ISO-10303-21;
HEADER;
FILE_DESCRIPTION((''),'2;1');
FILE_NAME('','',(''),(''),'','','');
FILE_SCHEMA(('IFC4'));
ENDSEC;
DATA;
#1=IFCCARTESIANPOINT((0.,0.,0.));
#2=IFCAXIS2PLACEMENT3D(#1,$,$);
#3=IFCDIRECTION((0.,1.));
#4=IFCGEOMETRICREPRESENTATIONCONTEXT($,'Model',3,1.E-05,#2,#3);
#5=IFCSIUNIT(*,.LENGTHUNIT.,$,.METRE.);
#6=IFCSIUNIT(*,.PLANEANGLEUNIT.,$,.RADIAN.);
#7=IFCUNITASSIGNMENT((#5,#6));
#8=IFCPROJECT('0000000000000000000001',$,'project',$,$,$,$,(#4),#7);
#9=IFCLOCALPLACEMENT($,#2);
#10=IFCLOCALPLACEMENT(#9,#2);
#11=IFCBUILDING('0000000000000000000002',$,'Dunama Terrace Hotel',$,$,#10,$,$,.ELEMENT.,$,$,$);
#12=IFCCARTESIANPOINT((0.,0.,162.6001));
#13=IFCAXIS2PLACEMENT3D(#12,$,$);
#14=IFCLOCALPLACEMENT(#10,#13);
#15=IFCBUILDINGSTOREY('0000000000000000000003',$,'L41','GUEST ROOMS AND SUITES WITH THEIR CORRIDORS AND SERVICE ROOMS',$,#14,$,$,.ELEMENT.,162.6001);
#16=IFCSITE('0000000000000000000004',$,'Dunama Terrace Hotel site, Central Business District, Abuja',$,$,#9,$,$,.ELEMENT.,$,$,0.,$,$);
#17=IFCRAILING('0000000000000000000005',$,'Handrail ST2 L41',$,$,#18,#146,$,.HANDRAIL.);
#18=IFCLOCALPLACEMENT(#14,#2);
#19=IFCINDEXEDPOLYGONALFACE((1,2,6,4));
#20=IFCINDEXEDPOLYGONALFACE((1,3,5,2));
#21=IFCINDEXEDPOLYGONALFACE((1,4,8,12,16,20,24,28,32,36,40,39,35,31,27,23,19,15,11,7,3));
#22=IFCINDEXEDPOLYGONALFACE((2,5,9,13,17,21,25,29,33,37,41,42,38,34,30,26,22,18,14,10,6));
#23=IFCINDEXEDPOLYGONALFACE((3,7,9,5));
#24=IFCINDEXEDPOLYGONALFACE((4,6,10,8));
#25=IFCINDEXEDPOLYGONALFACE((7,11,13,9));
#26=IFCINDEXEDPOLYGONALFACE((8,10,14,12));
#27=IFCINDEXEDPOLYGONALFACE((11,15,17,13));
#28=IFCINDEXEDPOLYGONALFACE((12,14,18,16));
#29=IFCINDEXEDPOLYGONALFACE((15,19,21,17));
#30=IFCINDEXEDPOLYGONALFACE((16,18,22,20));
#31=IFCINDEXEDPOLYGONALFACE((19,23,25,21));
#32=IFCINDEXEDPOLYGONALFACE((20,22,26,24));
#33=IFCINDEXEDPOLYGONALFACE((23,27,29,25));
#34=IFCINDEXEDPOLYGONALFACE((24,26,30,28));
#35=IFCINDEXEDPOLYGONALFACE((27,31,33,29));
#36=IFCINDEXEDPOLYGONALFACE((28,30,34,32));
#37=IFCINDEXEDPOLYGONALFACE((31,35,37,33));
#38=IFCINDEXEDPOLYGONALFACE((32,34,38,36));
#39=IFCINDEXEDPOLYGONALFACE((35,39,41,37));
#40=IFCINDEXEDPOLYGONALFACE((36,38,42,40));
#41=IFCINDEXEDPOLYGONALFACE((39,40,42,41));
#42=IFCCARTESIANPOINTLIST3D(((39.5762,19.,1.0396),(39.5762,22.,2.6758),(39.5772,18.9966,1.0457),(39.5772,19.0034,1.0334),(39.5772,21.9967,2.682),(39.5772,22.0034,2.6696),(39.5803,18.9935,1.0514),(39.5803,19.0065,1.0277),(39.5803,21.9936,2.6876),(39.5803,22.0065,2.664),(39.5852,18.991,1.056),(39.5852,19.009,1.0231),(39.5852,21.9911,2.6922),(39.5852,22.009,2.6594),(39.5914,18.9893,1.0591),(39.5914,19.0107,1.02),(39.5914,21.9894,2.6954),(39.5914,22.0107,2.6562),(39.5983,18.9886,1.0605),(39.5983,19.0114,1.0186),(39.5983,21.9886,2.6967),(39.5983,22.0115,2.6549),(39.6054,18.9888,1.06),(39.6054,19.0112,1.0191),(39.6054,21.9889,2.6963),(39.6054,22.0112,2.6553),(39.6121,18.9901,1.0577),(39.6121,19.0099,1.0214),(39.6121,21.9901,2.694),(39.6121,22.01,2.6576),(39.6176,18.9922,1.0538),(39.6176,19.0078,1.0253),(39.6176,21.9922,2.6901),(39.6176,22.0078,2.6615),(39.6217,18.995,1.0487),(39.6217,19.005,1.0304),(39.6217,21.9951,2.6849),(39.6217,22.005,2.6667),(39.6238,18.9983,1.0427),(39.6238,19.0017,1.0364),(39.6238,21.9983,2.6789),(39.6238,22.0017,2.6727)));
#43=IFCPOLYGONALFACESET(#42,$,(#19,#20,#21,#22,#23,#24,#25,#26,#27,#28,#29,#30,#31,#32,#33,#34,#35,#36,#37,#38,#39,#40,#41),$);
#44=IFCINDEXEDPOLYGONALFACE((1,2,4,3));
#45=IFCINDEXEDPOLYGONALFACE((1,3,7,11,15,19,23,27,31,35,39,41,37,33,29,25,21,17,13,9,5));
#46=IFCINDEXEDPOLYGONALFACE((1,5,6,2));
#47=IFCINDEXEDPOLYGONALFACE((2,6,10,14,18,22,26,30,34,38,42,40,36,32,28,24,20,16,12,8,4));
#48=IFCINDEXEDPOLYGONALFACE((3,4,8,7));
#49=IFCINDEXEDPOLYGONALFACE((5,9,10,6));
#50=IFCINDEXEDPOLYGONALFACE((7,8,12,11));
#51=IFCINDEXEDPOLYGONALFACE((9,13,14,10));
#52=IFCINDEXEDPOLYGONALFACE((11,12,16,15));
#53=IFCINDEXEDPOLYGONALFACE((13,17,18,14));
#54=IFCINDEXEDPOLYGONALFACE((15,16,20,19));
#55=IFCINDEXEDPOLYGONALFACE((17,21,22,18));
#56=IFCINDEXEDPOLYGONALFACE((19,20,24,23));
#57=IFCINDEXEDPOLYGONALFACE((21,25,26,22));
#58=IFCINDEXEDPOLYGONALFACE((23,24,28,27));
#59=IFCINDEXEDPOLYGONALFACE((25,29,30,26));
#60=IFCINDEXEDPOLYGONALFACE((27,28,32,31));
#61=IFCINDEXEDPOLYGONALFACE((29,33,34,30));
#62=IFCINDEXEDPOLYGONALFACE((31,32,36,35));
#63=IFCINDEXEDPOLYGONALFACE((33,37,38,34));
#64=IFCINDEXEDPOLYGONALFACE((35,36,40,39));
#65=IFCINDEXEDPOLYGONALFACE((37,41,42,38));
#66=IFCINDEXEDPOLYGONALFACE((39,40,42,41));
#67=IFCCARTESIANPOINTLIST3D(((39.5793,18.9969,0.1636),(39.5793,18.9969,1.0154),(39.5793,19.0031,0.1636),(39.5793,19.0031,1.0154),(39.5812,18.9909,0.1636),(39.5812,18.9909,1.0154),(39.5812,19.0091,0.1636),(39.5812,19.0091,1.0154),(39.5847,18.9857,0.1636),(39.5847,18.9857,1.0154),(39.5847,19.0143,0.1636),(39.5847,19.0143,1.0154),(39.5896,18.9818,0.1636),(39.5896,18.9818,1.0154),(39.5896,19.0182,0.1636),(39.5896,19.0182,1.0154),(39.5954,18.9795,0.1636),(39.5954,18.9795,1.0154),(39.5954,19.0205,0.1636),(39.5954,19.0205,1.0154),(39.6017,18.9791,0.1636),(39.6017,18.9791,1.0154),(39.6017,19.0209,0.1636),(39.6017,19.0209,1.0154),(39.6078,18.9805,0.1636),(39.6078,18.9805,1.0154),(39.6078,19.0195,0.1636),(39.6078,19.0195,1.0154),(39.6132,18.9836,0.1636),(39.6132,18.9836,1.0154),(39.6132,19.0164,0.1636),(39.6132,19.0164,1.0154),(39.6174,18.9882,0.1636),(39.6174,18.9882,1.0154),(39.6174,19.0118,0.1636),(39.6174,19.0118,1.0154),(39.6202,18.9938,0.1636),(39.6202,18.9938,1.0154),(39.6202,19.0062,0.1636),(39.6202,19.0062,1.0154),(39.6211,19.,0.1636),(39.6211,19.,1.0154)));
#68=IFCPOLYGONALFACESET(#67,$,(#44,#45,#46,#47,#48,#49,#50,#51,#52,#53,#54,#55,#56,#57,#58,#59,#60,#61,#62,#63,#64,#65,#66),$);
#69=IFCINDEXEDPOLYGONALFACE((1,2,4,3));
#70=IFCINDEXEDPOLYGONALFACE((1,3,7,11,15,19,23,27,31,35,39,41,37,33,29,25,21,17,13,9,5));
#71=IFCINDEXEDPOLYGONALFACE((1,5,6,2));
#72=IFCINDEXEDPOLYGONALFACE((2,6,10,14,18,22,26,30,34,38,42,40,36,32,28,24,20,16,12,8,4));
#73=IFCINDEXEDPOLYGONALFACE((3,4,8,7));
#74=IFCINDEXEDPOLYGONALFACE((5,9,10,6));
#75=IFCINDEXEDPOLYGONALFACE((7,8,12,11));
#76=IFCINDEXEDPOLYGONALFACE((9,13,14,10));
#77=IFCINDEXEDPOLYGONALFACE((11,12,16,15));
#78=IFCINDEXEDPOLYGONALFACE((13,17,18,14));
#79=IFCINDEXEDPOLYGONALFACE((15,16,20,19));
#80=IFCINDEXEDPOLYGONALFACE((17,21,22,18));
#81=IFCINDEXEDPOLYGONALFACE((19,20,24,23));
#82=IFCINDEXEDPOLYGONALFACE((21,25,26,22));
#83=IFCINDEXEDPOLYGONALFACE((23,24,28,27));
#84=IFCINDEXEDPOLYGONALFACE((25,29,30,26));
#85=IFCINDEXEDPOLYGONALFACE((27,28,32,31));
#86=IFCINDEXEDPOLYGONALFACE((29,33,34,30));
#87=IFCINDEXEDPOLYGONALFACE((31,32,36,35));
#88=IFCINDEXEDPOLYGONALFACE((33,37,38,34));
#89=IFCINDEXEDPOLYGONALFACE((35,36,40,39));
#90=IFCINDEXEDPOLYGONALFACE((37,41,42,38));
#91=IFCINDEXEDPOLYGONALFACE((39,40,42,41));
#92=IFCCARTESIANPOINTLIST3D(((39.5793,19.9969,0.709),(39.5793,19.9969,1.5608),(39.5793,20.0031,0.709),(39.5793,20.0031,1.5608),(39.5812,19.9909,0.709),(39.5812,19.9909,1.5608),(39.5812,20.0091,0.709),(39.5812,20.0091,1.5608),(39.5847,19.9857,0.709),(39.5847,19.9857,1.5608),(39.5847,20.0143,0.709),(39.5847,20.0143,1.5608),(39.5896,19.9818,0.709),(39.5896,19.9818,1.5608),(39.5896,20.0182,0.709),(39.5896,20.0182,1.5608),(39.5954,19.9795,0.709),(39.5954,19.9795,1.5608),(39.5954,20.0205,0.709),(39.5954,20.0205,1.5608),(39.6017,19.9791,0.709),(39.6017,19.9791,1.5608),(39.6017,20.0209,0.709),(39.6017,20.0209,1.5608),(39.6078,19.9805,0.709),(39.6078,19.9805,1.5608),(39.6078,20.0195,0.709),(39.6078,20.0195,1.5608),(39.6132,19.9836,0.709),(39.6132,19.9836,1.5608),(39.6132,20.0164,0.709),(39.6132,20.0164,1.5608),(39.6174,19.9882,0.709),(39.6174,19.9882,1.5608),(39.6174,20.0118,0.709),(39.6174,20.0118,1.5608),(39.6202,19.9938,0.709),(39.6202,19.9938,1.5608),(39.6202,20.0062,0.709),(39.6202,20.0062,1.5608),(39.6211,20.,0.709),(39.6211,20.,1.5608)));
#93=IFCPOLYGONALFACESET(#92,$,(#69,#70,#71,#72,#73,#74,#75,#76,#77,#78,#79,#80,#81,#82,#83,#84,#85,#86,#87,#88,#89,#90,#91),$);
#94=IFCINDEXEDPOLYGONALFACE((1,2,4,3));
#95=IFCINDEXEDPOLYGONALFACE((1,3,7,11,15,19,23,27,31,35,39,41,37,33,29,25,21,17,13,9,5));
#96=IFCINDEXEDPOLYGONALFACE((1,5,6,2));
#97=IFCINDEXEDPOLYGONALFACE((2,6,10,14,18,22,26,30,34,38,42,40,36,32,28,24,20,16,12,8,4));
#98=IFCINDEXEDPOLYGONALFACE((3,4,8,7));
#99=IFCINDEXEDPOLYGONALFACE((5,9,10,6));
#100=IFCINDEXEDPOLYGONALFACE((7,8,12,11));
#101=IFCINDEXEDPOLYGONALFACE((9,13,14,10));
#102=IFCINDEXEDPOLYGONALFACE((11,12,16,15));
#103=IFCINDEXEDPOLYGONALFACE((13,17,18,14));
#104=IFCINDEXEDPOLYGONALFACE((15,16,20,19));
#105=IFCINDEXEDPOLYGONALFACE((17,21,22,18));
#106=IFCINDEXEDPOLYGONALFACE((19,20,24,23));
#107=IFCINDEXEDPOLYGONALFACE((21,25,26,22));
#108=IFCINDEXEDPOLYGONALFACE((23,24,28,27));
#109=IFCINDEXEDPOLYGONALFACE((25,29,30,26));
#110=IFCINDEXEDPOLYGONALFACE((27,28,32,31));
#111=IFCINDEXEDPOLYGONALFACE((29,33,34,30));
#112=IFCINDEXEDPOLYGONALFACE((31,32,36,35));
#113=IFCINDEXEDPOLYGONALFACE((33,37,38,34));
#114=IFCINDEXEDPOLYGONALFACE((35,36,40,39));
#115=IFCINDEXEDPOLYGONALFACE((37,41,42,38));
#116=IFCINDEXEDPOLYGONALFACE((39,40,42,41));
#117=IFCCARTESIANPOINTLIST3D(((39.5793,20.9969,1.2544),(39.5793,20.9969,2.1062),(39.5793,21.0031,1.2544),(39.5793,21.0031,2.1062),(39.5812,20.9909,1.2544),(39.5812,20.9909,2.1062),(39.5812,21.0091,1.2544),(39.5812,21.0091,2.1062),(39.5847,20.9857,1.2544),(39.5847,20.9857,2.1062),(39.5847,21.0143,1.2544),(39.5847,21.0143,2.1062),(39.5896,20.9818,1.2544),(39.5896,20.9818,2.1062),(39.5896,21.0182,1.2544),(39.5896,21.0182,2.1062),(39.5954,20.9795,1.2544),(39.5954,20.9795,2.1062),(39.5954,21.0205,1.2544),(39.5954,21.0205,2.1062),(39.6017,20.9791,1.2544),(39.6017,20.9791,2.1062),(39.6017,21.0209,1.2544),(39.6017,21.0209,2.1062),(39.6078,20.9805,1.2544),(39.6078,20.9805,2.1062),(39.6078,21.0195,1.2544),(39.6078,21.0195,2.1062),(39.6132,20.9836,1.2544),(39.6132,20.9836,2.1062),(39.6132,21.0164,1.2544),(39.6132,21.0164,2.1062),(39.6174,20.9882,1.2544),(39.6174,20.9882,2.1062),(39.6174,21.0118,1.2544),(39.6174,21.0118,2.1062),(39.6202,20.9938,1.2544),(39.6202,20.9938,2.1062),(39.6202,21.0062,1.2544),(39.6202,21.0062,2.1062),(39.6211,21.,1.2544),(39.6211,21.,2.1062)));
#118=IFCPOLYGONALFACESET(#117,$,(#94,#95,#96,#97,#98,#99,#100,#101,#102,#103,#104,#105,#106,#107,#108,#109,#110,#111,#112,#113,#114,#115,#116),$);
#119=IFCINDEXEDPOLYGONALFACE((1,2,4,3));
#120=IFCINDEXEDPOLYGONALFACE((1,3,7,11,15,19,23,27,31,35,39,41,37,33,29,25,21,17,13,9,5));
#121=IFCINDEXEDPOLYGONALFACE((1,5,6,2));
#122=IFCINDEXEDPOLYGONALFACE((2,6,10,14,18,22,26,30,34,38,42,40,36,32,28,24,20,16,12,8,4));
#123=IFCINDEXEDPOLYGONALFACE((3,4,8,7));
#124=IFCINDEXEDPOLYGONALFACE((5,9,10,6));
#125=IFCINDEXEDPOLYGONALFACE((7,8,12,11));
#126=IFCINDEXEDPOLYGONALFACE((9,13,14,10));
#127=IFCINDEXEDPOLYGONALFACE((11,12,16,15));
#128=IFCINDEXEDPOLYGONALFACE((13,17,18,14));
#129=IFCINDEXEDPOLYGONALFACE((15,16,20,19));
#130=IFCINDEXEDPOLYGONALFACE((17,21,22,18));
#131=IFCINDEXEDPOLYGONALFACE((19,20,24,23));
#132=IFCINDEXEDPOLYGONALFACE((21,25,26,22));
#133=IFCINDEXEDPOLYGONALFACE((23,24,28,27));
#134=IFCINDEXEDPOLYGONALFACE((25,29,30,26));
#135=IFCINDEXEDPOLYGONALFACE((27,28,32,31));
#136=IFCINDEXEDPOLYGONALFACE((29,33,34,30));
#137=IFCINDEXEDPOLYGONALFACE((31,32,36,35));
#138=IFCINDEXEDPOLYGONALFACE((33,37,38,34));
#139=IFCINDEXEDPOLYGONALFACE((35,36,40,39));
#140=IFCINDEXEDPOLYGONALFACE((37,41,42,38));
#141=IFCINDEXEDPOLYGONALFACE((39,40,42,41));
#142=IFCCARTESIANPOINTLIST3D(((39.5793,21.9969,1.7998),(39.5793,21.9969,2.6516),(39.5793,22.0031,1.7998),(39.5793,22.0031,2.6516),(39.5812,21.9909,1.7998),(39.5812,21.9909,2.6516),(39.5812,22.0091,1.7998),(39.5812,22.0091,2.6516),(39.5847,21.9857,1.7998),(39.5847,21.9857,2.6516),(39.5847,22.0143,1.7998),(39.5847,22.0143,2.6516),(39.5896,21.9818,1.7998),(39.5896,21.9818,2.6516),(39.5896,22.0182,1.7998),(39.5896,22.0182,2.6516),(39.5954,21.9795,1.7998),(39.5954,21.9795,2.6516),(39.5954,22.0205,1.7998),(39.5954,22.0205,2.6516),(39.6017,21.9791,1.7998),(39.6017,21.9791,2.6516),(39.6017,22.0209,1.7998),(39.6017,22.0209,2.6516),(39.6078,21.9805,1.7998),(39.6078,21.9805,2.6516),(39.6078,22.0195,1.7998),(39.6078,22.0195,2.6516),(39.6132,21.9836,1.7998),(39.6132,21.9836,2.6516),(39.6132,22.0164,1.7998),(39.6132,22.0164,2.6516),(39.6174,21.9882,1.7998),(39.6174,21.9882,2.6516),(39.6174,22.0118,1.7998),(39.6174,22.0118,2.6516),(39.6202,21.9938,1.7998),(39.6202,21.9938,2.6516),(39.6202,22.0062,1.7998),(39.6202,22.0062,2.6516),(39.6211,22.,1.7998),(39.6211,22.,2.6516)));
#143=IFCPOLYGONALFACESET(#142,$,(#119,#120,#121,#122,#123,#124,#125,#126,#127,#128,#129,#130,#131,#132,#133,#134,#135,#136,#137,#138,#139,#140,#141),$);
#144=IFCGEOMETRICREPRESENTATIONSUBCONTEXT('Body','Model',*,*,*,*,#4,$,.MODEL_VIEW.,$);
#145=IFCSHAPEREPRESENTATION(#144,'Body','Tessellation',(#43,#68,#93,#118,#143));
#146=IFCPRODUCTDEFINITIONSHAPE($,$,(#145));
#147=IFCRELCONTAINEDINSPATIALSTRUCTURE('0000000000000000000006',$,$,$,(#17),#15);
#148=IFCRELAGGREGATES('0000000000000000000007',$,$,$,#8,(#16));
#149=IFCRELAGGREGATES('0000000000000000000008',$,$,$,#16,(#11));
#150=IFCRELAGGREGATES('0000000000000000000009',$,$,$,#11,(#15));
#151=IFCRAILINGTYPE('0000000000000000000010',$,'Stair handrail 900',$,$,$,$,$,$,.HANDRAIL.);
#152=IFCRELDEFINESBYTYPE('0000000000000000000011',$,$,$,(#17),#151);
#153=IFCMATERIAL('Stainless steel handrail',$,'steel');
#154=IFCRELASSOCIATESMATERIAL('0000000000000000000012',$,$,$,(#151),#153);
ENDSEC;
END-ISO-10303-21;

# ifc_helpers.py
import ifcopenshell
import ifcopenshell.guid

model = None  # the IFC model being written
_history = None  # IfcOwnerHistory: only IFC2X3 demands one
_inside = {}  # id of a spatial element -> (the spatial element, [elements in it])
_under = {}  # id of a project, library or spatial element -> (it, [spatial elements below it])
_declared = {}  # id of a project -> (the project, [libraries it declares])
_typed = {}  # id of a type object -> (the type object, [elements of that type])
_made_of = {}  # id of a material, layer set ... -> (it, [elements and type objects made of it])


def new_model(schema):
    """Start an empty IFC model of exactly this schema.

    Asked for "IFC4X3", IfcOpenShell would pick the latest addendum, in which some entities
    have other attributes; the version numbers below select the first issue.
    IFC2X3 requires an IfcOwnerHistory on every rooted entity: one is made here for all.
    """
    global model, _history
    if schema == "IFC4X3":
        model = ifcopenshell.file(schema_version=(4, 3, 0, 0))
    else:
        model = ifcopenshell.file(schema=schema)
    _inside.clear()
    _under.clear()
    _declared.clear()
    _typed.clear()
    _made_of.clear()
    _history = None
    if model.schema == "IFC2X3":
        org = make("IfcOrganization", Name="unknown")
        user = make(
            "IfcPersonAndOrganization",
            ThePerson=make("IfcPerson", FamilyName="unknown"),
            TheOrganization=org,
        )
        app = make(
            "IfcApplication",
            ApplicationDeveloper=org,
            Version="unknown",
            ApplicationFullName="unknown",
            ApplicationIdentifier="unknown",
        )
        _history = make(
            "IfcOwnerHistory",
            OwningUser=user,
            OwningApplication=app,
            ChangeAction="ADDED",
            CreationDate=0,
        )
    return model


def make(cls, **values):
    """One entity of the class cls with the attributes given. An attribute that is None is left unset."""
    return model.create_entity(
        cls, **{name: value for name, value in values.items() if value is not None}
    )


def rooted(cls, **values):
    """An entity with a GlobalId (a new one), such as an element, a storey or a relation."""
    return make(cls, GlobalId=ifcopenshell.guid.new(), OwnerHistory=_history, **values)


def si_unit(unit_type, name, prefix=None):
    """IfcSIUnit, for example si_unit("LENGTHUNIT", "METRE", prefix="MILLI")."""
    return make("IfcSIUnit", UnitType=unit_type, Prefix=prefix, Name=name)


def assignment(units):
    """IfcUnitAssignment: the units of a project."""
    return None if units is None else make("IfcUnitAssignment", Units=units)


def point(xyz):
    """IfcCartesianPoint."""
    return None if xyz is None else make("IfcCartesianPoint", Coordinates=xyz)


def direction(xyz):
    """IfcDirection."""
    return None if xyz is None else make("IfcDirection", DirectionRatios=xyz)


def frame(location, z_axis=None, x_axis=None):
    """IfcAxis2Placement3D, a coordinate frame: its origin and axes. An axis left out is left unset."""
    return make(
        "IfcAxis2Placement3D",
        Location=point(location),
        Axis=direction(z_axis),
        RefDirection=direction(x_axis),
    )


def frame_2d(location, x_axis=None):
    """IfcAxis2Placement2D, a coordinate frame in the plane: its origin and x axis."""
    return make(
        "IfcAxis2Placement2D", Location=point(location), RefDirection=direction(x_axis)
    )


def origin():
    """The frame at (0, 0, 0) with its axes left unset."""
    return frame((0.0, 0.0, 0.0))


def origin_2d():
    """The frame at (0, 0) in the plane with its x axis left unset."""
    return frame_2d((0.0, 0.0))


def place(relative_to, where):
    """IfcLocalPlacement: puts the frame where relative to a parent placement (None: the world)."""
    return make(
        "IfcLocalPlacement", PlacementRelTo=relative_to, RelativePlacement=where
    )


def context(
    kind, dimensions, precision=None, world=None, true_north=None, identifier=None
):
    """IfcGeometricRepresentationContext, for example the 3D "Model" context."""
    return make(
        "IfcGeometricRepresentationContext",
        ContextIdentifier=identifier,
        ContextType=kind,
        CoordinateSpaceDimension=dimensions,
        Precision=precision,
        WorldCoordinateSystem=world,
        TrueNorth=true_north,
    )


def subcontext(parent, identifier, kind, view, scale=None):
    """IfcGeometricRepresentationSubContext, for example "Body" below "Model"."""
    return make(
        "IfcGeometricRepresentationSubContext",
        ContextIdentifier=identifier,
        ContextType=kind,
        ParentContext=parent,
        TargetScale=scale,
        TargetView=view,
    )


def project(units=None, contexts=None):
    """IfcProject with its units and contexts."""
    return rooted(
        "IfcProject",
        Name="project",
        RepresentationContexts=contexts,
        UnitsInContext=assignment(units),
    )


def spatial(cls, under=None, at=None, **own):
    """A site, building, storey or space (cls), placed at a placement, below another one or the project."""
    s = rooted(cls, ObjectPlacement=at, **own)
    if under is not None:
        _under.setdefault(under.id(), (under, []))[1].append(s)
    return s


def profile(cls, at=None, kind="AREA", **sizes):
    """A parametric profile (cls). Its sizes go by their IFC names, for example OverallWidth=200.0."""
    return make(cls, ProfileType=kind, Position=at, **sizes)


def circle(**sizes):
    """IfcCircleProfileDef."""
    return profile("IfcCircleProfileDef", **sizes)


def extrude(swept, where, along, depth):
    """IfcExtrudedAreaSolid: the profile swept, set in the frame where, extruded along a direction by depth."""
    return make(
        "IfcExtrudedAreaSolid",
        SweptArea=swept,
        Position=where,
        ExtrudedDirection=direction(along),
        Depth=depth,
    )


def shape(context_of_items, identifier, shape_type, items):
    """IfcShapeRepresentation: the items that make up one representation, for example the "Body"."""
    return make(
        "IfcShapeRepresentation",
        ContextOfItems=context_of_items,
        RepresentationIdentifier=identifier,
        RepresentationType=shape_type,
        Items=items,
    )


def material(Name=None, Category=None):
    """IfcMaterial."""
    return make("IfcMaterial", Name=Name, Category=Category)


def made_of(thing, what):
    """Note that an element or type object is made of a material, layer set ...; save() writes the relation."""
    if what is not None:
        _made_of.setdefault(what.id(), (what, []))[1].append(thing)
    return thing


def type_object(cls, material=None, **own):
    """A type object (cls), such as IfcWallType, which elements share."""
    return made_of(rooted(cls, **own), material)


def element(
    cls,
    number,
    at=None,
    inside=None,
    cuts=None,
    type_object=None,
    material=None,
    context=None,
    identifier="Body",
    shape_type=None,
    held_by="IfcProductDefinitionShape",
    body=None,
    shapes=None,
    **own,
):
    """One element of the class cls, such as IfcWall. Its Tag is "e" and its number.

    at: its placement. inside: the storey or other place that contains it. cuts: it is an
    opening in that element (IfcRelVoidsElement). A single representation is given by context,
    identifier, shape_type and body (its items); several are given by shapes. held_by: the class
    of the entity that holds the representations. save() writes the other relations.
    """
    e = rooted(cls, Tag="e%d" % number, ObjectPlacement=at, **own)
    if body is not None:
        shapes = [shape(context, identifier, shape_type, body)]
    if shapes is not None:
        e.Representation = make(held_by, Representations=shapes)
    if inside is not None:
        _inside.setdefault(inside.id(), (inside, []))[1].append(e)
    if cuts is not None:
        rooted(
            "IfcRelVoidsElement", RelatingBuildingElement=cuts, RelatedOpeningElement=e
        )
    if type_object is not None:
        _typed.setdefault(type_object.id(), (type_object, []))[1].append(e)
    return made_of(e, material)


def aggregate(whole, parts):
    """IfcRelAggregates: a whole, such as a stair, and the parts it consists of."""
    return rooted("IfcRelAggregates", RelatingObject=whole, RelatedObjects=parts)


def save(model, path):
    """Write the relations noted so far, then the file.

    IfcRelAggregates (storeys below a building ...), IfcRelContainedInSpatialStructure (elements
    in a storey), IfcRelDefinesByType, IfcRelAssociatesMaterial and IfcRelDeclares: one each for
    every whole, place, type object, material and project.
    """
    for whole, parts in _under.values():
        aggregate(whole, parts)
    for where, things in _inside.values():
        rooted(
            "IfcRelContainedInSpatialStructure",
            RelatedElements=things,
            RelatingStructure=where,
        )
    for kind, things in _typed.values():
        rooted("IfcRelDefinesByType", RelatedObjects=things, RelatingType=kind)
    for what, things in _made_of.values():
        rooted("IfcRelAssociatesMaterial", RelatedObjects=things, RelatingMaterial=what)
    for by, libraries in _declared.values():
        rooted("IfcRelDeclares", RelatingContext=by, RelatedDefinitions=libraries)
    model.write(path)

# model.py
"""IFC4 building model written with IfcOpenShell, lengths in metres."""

from ifc_helpers import new_model, si_unit, direction, frame, origin, origin_2d, place, context, subcontext, project, spatial, circle, extrude, material, type_object, element, save


model = new_model("IFC4")

# Units and contexts
model_context = context("Model", 3, precision=1e-05, world=origin(), true_north=direction((0.0, 1.0)))
body_context = subcontext(model_context, "Body", "Model", "MODEL_VIEW")
ifc_project = project(units=[si_unit("LENGTHUNIT", "METRE"), si_unit("PLANEANGLEUNIT", "RADIAN")], contexts=[model_context])

# Site, building, storey
site_placement = place(None, origin())
site = spatial("IfcSite", under=ifc_project, at=site_placement, Name="Dunama Terrace Hotel site, Central Business District, Abuja", CompositionType="ELEMENT", RefElevation=0.0)
building_placement = place(site_placement, origin())
building = spatial("IfcBuilding", under=site, at=building_placement, Name="Dunama Terrace Hotel", CompositionType="ELEMENT")
storey_placement = place(building_placement, frame((0.0, 0.0, 162.6001)))
storey = spatial("IfcBuildingStorey", under=building, at=storey_placement, Name="L41", Description="GUEST ROOMS AND SUITES WITH THEIR CORRIDORS AND SERVICE ROOMS", CompositionType="ELEMENT", Elevation=162.6001)

# Railing
ifc_material_1 = material(Name="Stainless steel handrail", Category="steel")
railing_type = type_object("IfcRailingType", Name="Stair handrail 900", PredefinedType="HANDRAIL", material=ifc_material_1)
railing_1_placement = place(storey_placement, frame((39.6001, 19.0, 0.1636)))
element("IfcRailing", 1, at=railing_1_placement, inside=storey, type_object=railing_type, Name="Handrail ST2 L41", PredefinedType="HANDRAIL", context=body_context, shape_type="SweptSolid", body=[
    extrude(circle(Radius=0.0239, at=origin_2d()), frame((0.0, 0.0, 0.876), z_axis=(0.0, 0.877912, 0.478822), x_axis=(-1.0, 0.0, 0.0)), (0.0, 0.0, 1.0), 3.4172),
    extrude(circle(Radius=0.021, at=origin_2d()), origin(), (0.0, 0.0, 1.0), 0.8518),
    extrude(circle(Radius=0.021, at=origin_2d()), frame((0.0, 1.0, 0.5454)), (0.0, 0.0, 1.0), 0.8518),
    extrude(circle(Radius=0.021, at=origin_2d()), frame((0.0, 2.0, 1.0908)), (0.0, 0.0, 1.0), 0.8518),
    extrude(circle(Radius=0.021, at=origin_2d()), frame((0.0, 3.0, 1.6362)), (0.0, 0.0, 1.0), 0.8518),
])

save(model, "model.ifc")
